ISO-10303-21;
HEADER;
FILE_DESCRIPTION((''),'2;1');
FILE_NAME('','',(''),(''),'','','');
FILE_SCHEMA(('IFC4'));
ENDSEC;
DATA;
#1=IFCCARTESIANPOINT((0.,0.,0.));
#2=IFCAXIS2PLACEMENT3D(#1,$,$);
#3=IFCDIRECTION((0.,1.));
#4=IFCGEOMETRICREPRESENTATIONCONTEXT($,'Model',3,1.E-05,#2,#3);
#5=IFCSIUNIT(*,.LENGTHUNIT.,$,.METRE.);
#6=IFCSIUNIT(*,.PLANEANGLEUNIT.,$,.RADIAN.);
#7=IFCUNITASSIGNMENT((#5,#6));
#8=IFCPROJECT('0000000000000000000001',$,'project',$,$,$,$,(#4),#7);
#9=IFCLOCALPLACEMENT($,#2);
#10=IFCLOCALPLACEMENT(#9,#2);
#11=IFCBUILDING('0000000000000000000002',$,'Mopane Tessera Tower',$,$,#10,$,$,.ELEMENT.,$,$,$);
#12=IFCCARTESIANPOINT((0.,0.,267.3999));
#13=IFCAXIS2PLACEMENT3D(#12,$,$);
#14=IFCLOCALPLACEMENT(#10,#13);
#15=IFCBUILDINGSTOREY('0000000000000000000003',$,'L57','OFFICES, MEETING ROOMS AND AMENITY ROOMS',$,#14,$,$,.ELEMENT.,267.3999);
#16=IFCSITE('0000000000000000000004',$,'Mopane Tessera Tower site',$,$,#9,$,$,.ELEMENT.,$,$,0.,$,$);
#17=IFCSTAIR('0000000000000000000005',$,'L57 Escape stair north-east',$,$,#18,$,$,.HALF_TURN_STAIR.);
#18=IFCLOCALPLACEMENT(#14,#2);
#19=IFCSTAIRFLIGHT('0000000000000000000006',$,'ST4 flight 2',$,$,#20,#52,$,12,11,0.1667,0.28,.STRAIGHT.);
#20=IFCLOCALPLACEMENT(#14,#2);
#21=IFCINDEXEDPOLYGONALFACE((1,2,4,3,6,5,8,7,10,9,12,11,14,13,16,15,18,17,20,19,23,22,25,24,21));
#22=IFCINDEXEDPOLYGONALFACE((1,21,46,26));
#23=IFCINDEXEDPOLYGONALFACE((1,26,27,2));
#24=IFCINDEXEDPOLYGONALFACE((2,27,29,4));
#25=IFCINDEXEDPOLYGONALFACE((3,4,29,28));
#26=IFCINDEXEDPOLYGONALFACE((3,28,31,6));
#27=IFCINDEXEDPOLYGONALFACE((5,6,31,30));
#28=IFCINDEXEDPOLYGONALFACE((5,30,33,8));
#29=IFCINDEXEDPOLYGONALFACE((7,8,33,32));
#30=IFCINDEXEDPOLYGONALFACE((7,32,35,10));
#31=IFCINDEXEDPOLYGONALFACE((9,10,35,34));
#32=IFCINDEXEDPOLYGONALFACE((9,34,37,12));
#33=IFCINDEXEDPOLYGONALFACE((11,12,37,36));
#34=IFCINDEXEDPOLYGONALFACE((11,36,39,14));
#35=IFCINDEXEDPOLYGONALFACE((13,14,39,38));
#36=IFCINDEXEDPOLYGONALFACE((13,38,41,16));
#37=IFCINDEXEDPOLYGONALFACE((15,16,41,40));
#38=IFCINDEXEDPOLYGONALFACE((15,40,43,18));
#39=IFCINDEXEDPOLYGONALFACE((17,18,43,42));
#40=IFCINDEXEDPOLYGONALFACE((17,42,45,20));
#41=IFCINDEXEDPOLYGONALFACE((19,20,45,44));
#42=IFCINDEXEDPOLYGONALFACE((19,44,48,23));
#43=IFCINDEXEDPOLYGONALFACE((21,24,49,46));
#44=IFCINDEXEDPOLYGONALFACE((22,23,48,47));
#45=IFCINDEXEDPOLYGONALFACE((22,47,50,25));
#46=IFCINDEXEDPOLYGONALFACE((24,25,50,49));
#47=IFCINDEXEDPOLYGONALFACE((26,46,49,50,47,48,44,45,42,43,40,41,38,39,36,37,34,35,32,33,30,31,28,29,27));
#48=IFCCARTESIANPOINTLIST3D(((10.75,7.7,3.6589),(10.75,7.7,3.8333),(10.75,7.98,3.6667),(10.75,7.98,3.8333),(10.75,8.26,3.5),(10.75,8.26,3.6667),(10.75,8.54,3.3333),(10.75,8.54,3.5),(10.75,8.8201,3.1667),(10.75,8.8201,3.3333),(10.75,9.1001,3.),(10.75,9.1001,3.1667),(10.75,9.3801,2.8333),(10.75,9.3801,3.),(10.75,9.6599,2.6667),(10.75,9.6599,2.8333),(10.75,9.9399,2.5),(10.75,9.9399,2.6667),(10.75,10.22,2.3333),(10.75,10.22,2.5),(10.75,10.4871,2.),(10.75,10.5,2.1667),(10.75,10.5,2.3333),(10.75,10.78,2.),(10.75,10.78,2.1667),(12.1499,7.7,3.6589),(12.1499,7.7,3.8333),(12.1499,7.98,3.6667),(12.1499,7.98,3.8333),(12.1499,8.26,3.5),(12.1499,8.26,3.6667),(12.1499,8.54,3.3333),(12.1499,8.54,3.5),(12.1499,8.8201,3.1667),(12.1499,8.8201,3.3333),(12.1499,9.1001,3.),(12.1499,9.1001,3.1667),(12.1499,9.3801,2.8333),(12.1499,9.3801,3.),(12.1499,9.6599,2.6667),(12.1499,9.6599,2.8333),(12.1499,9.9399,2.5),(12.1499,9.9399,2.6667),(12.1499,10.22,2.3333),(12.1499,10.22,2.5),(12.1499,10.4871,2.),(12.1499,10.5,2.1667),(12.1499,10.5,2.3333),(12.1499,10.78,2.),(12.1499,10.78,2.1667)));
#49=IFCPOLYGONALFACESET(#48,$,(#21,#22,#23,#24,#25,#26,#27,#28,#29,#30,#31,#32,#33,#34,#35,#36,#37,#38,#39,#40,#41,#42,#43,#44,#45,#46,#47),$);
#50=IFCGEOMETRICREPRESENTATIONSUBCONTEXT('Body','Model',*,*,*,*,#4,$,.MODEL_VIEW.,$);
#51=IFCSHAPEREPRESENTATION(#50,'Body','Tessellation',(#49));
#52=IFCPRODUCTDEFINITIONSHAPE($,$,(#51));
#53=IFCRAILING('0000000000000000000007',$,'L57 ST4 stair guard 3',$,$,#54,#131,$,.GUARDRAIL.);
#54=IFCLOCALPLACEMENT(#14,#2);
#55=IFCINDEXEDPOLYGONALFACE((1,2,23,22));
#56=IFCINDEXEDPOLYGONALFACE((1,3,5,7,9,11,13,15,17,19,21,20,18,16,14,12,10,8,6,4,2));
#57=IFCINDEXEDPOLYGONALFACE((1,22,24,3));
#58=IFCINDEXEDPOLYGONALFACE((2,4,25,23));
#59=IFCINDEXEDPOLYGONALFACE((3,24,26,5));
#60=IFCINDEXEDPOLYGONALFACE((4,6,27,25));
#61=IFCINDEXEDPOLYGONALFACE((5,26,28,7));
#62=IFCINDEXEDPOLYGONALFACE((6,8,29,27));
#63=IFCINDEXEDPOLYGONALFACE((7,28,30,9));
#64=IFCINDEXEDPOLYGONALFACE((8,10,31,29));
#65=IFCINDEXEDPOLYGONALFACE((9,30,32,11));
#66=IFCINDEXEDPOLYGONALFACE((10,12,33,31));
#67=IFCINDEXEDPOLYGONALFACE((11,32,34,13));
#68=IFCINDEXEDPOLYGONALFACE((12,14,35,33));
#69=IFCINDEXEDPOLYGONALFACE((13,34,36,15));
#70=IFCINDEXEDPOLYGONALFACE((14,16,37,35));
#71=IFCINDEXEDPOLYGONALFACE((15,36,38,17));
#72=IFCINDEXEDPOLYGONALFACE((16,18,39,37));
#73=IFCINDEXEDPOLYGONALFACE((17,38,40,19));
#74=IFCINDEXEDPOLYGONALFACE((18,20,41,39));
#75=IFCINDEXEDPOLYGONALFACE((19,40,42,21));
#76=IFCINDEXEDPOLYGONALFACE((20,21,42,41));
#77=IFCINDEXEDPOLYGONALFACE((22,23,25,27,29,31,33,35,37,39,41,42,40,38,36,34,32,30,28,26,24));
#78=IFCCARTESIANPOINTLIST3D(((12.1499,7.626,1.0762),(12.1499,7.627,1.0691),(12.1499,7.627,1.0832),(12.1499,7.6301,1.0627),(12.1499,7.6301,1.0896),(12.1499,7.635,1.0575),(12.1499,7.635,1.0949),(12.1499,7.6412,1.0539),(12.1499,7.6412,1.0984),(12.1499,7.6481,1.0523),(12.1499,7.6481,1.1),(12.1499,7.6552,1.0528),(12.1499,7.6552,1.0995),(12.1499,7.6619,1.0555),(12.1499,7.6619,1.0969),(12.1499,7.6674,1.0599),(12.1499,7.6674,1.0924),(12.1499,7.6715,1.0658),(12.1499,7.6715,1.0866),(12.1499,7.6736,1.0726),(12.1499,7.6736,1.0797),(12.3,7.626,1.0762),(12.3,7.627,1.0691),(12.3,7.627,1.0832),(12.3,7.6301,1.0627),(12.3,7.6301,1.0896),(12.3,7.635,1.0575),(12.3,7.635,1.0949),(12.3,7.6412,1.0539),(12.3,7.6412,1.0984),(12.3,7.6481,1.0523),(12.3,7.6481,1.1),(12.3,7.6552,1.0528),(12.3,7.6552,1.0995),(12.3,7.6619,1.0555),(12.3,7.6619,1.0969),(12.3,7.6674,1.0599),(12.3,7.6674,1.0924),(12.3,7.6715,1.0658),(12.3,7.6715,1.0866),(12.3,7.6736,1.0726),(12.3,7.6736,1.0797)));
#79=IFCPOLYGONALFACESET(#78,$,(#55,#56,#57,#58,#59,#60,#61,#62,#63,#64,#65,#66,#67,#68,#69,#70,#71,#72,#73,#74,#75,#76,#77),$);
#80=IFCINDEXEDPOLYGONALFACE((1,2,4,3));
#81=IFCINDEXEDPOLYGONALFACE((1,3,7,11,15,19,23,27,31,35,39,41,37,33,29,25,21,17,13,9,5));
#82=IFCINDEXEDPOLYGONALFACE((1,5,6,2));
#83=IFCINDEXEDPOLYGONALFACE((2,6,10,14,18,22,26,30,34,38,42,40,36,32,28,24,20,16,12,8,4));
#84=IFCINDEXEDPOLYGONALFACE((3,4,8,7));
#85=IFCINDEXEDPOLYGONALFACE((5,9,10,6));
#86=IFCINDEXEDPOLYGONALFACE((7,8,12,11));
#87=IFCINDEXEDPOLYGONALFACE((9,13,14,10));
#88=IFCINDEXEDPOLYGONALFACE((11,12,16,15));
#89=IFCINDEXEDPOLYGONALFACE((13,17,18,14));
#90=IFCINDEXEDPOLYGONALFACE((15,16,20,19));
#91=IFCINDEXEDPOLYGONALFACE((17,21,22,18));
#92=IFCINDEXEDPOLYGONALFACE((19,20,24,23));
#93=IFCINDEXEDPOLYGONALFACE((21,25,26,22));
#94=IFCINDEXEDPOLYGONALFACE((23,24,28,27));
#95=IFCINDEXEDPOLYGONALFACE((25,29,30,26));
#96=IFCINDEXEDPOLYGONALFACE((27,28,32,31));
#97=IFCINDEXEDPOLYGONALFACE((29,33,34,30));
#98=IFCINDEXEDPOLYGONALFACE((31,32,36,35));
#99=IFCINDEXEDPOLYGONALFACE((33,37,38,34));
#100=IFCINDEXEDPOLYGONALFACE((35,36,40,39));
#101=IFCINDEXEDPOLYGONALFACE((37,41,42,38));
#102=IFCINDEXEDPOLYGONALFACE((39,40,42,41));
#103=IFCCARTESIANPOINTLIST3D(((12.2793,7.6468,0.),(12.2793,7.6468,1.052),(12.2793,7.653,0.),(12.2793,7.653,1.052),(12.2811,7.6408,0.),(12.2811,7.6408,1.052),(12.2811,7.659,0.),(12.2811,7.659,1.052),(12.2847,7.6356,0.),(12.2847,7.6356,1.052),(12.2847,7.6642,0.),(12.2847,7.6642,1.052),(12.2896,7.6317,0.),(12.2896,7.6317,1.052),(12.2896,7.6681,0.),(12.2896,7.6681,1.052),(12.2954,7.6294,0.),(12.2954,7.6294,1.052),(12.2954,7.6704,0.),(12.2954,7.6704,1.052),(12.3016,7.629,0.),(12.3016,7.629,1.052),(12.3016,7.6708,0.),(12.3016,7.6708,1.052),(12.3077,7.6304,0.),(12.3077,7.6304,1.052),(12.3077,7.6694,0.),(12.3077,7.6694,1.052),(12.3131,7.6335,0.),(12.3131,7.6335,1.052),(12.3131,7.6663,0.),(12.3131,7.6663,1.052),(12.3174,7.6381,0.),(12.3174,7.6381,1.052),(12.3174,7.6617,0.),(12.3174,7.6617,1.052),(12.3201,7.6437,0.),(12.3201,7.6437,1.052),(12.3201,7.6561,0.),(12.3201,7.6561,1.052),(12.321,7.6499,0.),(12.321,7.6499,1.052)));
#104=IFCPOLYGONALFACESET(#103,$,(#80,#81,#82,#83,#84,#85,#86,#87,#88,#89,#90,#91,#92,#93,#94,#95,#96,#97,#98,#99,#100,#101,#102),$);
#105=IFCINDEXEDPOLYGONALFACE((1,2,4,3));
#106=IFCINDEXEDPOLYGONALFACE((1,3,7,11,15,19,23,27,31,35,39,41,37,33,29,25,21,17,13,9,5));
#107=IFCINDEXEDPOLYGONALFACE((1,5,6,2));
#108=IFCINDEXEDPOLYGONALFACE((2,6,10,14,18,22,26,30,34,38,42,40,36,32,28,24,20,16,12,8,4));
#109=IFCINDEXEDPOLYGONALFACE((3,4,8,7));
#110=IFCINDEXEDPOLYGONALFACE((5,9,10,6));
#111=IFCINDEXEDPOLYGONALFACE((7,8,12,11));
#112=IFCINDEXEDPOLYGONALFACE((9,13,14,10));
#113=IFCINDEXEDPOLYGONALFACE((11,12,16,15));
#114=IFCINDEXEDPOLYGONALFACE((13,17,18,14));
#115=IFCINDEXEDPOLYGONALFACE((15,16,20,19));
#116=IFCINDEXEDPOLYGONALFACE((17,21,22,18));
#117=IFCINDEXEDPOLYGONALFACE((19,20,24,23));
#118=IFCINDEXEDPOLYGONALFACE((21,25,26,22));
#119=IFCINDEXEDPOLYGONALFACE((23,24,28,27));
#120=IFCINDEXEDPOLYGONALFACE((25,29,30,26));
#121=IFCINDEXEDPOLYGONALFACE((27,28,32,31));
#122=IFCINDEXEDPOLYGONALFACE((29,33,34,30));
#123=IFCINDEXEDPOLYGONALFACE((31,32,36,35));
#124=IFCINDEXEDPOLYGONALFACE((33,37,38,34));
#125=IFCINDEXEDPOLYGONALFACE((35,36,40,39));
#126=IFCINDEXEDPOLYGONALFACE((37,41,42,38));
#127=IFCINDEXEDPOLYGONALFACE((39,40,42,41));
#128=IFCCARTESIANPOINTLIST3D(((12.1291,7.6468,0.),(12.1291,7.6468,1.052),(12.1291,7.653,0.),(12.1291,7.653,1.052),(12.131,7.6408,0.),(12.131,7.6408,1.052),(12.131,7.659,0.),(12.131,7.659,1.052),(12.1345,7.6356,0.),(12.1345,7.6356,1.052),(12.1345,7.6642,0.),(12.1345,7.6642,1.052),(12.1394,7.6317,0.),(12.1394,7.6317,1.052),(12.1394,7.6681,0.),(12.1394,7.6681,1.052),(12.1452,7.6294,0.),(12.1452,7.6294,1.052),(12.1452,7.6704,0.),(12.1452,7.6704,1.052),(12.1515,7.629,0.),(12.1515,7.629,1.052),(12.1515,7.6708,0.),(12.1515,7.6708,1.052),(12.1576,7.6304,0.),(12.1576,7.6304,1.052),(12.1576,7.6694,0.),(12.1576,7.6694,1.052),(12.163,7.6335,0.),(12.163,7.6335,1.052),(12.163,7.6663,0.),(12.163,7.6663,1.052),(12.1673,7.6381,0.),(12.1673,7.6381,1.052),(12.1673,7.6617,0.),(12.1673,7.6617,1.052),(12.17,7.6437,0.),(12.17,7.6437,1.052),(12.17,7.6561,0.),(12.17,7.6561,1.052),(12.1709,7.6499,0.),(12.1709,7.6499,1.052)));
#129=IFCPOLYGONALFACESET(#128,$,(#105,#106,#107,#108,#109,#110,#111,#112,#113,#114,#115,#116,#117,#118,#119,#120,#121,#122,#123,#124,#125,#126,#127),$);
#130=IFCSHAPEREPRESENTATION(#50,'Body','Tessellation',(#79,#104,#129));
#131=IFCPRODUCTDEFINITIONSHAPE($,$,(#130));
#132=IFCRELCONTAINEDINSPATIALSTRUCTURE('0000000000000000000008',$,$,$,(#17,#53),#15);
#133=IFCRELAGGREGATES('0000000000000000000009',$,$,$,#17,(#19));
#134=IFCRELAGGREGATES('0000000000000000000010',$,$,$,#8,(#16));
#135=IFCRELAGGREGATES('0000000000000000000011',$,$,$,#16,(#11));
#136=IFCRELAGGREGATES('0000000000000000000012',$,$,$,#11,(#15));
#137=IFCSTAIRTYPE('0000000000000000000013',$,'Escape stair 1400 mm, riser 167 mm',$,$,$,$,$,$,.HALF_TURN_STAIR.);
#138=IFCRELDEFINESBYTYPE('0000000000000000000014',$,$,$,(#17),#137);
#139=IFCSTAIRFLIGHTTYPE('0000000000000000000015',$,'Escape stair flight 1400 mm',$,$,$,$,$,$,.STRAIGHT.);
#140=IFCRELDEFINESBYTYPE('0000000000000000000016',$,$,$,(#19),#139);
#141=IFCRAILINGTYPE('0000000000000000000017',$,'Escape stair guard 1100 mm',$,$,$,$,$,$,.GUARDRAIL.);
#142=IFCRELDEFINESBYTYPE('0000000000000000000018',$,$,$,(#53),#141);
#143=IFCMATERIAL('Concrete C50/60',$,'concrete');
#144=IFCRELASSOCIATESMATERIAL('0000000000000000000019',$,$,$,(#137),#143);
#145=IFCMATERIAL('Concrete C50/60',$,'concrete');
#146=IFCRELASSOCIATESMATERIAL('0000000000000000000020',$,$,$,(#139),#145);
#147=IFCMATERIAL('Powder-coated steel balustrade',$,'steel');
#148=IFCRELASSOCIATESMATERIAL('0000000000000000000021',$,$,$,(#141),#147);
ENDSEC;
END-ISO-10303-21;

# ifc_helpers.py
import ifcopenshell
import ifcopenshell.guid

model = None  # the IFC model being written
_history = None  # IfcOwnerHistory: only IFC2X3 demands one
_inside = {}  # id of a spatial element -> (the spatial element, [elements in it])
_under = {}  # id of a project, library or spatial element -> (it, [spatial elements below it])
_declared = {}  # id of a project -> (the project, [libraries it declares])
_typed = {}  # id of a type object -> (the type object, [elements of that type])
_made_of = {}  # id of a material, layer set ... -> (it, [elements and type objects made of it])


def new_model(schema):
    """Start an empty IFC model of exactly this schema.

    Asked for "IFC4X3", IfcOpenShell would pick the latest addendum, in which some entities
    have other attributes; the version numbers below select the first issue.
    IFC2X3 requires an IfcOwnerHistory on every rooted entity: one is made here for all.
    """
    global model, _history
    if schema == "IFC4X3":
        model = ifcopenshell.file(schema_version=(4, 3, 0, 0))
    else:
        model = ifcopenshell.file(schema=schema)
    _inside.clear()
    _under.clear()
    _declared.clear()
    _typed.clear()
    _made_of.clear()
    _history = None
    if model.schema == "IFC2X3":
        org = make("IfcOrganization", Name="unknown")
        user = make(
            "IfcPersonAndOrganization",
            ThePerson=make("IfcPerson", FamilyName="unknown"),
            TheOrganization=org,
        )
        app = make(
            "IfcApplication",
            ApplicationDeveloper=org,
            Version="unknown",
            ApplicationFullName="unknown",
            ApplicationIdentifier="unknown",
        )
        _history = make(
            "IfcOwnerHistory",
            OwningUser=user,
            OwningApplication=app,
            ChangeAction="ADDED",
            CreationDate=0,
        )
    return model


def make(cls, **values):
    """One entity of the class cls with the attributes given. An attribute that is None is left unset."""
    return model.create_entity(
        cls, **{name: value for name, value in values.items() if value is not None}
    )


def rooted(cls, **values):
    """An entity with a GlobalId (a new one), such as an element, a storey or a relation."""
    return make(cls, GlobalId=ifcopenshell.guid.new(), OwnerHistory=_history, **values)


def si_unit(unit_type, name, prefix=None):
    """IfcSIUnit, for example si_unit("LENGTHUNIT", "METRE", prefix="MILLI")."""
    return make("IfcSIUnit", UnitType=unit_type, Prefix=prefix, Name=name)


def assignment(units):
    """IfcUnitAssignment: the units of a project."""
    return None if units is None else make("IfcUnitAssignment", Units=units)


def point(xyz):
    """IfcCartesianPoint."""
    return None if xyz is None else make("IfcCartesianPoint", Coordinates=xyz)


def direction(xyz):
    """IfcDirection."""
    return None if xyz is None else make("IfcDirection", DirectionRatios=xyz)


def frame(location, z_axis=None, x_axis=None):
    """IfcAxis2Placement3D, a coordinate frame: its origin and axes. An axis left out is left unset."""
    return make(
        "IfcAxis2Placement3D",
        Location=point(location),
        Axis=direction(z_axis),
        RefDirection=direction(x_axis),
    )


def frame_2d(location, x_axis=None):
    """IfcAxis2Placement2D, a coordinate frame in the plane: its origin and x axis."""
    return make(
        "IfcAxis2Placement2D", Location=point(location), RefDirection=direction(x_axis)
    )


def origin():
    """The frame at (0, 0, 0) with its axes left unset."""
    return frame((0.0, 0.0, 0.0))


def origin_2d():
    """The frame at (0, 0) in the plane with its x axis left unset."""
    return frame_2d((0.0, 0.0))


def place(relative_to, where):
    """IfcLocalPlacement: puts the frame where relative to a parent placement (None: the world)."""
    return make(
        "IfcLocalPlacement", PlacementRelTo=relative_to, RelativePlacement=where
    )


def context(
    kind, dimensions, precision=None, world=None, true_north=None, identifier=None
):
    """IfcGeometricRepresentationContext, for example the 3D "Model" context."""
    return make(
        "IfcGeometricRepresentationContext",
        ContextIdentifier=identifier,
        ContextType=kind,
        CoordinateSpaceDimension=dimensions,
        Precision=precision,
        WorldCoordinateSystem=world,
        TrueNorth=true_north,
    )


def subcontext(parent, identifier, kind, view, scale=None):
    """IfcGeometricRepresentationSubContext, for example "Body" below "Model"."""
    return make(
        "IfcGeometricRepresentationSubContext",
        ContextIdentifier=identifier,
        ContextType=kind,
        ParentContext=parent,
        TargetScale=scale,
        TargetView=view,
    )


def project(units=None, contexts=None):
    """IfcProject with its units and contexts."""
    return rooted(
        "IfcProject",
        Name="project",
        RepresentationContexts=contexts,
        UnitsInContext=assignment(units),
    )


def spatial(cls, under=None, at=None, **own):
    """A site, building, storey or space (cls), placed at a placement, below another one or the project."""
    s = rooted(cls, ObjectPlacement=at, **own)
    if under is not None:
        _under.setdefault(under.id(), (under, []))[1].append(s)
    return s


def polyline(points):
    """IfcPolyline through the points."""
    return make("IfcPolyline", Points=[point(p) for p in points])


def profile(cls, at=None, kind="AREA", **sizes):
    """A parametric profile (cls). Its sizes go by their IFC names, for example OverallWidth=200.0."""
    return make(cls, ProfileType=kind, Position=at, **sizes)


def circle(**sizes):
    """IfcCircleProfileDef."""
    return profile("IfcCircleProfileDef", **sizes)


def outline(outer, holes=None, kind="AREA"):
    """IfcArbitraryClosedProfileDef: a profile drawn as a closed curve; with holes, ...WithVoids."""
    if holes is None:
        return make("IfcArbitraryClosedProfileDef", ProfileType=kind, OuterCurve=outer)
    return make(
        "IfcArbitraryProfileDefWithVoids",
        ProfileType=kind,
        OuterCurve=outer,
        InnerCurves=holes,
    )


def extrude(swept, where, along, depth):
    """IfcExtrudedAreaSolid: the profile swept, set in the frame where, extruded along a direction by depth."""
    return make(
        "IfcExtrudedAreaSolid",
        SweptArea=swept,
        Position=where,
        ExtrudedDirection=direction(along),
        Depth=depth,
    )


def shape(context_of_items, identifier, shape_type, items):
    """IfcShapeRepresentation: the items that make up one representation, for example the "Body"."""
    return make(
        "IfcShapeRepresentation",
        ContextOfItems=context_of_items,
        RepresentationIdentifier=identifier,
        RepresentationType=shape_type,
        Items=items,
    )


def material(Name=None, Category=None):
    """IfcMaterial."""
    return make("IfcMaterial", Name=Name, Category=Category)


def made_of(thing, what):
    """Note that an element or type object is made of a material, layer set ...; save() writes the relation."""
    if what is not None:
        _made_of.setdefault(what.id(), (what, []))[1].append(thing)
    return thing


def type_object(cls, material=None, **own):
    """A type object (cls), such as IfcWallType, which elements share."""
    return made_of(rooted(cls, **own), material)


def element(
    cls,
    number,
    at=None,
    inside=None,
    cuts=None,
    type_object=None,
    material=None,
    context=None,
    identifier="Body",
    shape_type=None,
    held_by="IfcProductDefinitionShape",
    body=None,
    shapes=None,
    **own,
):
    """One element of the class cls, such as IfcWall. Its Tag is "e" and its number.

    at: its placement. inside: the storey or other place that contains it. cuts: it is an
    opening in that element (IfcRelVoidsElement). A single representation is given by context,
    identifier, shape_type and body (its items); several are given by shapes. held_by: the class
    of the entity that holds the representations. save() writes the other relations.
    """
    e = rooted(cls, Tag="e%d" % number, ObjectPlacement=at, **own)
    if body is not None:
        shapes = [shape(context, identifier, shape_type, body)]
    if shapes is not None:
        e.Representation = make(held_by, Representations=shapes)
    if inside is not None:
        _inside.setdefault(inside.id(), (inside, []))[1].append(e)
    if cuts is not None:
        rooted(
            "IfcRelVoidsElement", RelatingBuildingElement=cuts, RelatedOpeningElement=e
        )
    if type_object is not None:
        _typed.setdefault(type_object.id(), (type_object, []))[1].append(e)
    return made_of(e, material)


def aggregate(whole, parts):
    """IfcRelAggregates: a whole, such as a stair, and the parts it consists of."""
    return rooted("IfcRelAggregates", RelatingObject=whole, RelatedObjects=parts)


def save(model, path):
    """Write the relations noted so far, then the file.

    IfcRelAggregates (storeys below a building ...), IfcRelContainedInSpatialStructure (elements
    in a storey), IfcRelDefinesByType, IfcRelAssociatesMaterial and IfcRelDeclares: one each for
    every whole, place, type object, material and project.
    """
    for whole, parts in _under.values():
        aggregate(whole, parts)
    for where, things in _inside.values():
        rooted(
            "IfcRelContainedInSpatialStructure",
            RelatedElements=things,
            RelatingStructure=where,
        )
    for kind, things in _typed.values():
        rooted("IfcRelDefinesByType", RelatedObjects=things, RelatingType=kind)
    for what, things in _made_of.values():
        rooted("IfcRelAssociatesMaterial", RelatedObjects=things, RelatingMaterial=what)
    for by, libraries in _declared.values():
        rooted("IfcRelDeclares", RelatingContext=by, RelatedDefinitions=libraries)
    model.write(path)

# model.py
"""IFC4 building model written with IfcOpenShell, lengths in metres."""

from ifc_helpers import new_model, si_unit, direction, frame, origin, origin_2d, place, context, subcontext, project, spatial, polyline, circle, outline, extrude, material, type_object, element, aggregate, save


model = new_model("IFC4")

# Units and contexts
model_context = context("Model", 3, precision=1e-05, world=origin(), true_north=direction((0.0, 1.0)))
body_context = subcontext(model_context, "Body", "Model", "MODEL_VIEW")
ifc_project = project(units=[si_unit("LENGTHUNIT", "METRE"), si_unit("PLANEANGLEUNIT", "RADIAN")], contexts=[model_context])

# Site, building, storey
site_placement = place(None, origin())
site = spatial("IfcSite", under=ifc_project, at=site_placement, Name="Mopane Tessera Tower site", CompositionType="ELEMENT", RefElevation=0.0)
building_placement = place(site_placement, origin())
building = spatial("IfcBuilding", under=site, at=building_placement, Name="Mopane Tessera Tower", CompositionType="ELEMENT")
storey_placement = place(building_placement, frame((0.0, 0.0, 267.3999)))
storey = spatial("IfcBuildingStorey", under=building, at=storey_placement, Name="L57", Description="OFFICES, MEETING ROOMS AND AMENITY ROOMS", CompositionType="ELEMENT", Elevation=267.3999)

# Stair
ifc_material_1 = material(Name="Concrete C50/60", Category="concrete")
stair_type = type_object("IfcStairType", Name="Escape stair 1400 mm, riser 167 mm", PredefinedType="HALF_TURN_STAIR", material=ifc_material_1)
stair_1_placement = place(storey_placement, origin())
stair_1 = element("IfcStair", 1, at=stair_1_placement, inside=storey, type_object=stair_type, Name="L57 Escape stair north-east", PredefinedType="HALF_TURN_STAIR")

# Stair flight
ifc_material_2 = material(Name="Concrete C50/60", Category="concrete")
stair_flight_type = type_object("IfcStairFlightType", Name="Escape stair flight 1400 mm", PredefinedType="STRAIGHT", material=ifc_material_2)
stair_flight_1_placement = place(storey_placement, frame((11.45, 10.78, 2.0), z_axis=(0.0, 0.0, 1.0), x_axis=(0.0, -1.0, 0.0)))
stair_flight_1 = element("IfcStairFlight", 2, at=stair_flight_1_placement, type_object=stair_flight_type, Name="ST4 flight 2", NumberOfRisers=12, NumberOfTreads=11, PredefinedType="STRAIGHT", RiserHeight=0.1667, TreadLength=0.28, context=body_context, shape_type="SweptSolid", body=[
    extrude(outline(polyline([(0.0, 0.0), (0.0, 0.1667), (0.28, 0.1667), (0.28, 0.3333), (0.5601, 0.3333), (0.5601, 0.5), (0.8401, 0.5), (0.8401, 0.6667), (1.1201, 0.6667), (1.1201, 0.8333), (1.3999, 0.8333), (1.3999, 1.0), (1.6799, 1.0), (1.6799, 1.1667), (1.96, 1.1667), (1.96, 1.3333), (2.24, 1.3333), (2.24, 1.5), (2.52, 1.5), (2.52, 1.6667), (2.8, 1.6667), (2.8, 1.8333), (3.0801, 1.8333), (3.0801, 2.0), (3.0801, 1.6589), (0.293, 0.0), (0.0, 0.0)])), frame((0.0, 0.7, 0.0), z_axis=(0.0, -1.0, 0.0), x_axis=(1.0, 0.0, 0.0)), (0.0, 0.0, 1.0), 1.3999),
])
aggregate(stair_1, [stair_flight_1])

# Railing
ifc_material_3 = material(Name="Powder-coated steel balustrade", Category="steel")
railing_type_1 = type_object("IfcRailingType", Name="Escape stair guard 1100 mm", PredefinedType="GUARDRAIL", material=ifc_material_3)
railing_1_placement = place(storey_placement, frame((12.3, 7.6499, 0.0)))
element("IfcRailing", 3, at=railing_1_placement, inside=storey, type_object=railing_type_1, Name="L57 ST4 stair guard 3", PredefinedType="GUARDRAIL", context=body_context, shape_type="SweptSolid", body=[
    extrude(circle(Radius=0.0239, at=origin_2d()), frame((0.0, 0.0, 1.0762), z_axis=(-1.0, 0.0, 0.0), x_axis=(0.0, -1.0, 0.0)), (0.0, 0.0, 1.0), 0.1501),
    extrude(circle(Radius=0.021, at=origin_2d()), origin(), (0.0, 0.0, 1.0), 1.052),
    extrude(circle(Radius=0.021, at=origin_2d()), frame((-0.1501, 0.0, 0.0)), (0.0, 0.0, 1.0), 1.052),
])

save(model, "model.ifc")
